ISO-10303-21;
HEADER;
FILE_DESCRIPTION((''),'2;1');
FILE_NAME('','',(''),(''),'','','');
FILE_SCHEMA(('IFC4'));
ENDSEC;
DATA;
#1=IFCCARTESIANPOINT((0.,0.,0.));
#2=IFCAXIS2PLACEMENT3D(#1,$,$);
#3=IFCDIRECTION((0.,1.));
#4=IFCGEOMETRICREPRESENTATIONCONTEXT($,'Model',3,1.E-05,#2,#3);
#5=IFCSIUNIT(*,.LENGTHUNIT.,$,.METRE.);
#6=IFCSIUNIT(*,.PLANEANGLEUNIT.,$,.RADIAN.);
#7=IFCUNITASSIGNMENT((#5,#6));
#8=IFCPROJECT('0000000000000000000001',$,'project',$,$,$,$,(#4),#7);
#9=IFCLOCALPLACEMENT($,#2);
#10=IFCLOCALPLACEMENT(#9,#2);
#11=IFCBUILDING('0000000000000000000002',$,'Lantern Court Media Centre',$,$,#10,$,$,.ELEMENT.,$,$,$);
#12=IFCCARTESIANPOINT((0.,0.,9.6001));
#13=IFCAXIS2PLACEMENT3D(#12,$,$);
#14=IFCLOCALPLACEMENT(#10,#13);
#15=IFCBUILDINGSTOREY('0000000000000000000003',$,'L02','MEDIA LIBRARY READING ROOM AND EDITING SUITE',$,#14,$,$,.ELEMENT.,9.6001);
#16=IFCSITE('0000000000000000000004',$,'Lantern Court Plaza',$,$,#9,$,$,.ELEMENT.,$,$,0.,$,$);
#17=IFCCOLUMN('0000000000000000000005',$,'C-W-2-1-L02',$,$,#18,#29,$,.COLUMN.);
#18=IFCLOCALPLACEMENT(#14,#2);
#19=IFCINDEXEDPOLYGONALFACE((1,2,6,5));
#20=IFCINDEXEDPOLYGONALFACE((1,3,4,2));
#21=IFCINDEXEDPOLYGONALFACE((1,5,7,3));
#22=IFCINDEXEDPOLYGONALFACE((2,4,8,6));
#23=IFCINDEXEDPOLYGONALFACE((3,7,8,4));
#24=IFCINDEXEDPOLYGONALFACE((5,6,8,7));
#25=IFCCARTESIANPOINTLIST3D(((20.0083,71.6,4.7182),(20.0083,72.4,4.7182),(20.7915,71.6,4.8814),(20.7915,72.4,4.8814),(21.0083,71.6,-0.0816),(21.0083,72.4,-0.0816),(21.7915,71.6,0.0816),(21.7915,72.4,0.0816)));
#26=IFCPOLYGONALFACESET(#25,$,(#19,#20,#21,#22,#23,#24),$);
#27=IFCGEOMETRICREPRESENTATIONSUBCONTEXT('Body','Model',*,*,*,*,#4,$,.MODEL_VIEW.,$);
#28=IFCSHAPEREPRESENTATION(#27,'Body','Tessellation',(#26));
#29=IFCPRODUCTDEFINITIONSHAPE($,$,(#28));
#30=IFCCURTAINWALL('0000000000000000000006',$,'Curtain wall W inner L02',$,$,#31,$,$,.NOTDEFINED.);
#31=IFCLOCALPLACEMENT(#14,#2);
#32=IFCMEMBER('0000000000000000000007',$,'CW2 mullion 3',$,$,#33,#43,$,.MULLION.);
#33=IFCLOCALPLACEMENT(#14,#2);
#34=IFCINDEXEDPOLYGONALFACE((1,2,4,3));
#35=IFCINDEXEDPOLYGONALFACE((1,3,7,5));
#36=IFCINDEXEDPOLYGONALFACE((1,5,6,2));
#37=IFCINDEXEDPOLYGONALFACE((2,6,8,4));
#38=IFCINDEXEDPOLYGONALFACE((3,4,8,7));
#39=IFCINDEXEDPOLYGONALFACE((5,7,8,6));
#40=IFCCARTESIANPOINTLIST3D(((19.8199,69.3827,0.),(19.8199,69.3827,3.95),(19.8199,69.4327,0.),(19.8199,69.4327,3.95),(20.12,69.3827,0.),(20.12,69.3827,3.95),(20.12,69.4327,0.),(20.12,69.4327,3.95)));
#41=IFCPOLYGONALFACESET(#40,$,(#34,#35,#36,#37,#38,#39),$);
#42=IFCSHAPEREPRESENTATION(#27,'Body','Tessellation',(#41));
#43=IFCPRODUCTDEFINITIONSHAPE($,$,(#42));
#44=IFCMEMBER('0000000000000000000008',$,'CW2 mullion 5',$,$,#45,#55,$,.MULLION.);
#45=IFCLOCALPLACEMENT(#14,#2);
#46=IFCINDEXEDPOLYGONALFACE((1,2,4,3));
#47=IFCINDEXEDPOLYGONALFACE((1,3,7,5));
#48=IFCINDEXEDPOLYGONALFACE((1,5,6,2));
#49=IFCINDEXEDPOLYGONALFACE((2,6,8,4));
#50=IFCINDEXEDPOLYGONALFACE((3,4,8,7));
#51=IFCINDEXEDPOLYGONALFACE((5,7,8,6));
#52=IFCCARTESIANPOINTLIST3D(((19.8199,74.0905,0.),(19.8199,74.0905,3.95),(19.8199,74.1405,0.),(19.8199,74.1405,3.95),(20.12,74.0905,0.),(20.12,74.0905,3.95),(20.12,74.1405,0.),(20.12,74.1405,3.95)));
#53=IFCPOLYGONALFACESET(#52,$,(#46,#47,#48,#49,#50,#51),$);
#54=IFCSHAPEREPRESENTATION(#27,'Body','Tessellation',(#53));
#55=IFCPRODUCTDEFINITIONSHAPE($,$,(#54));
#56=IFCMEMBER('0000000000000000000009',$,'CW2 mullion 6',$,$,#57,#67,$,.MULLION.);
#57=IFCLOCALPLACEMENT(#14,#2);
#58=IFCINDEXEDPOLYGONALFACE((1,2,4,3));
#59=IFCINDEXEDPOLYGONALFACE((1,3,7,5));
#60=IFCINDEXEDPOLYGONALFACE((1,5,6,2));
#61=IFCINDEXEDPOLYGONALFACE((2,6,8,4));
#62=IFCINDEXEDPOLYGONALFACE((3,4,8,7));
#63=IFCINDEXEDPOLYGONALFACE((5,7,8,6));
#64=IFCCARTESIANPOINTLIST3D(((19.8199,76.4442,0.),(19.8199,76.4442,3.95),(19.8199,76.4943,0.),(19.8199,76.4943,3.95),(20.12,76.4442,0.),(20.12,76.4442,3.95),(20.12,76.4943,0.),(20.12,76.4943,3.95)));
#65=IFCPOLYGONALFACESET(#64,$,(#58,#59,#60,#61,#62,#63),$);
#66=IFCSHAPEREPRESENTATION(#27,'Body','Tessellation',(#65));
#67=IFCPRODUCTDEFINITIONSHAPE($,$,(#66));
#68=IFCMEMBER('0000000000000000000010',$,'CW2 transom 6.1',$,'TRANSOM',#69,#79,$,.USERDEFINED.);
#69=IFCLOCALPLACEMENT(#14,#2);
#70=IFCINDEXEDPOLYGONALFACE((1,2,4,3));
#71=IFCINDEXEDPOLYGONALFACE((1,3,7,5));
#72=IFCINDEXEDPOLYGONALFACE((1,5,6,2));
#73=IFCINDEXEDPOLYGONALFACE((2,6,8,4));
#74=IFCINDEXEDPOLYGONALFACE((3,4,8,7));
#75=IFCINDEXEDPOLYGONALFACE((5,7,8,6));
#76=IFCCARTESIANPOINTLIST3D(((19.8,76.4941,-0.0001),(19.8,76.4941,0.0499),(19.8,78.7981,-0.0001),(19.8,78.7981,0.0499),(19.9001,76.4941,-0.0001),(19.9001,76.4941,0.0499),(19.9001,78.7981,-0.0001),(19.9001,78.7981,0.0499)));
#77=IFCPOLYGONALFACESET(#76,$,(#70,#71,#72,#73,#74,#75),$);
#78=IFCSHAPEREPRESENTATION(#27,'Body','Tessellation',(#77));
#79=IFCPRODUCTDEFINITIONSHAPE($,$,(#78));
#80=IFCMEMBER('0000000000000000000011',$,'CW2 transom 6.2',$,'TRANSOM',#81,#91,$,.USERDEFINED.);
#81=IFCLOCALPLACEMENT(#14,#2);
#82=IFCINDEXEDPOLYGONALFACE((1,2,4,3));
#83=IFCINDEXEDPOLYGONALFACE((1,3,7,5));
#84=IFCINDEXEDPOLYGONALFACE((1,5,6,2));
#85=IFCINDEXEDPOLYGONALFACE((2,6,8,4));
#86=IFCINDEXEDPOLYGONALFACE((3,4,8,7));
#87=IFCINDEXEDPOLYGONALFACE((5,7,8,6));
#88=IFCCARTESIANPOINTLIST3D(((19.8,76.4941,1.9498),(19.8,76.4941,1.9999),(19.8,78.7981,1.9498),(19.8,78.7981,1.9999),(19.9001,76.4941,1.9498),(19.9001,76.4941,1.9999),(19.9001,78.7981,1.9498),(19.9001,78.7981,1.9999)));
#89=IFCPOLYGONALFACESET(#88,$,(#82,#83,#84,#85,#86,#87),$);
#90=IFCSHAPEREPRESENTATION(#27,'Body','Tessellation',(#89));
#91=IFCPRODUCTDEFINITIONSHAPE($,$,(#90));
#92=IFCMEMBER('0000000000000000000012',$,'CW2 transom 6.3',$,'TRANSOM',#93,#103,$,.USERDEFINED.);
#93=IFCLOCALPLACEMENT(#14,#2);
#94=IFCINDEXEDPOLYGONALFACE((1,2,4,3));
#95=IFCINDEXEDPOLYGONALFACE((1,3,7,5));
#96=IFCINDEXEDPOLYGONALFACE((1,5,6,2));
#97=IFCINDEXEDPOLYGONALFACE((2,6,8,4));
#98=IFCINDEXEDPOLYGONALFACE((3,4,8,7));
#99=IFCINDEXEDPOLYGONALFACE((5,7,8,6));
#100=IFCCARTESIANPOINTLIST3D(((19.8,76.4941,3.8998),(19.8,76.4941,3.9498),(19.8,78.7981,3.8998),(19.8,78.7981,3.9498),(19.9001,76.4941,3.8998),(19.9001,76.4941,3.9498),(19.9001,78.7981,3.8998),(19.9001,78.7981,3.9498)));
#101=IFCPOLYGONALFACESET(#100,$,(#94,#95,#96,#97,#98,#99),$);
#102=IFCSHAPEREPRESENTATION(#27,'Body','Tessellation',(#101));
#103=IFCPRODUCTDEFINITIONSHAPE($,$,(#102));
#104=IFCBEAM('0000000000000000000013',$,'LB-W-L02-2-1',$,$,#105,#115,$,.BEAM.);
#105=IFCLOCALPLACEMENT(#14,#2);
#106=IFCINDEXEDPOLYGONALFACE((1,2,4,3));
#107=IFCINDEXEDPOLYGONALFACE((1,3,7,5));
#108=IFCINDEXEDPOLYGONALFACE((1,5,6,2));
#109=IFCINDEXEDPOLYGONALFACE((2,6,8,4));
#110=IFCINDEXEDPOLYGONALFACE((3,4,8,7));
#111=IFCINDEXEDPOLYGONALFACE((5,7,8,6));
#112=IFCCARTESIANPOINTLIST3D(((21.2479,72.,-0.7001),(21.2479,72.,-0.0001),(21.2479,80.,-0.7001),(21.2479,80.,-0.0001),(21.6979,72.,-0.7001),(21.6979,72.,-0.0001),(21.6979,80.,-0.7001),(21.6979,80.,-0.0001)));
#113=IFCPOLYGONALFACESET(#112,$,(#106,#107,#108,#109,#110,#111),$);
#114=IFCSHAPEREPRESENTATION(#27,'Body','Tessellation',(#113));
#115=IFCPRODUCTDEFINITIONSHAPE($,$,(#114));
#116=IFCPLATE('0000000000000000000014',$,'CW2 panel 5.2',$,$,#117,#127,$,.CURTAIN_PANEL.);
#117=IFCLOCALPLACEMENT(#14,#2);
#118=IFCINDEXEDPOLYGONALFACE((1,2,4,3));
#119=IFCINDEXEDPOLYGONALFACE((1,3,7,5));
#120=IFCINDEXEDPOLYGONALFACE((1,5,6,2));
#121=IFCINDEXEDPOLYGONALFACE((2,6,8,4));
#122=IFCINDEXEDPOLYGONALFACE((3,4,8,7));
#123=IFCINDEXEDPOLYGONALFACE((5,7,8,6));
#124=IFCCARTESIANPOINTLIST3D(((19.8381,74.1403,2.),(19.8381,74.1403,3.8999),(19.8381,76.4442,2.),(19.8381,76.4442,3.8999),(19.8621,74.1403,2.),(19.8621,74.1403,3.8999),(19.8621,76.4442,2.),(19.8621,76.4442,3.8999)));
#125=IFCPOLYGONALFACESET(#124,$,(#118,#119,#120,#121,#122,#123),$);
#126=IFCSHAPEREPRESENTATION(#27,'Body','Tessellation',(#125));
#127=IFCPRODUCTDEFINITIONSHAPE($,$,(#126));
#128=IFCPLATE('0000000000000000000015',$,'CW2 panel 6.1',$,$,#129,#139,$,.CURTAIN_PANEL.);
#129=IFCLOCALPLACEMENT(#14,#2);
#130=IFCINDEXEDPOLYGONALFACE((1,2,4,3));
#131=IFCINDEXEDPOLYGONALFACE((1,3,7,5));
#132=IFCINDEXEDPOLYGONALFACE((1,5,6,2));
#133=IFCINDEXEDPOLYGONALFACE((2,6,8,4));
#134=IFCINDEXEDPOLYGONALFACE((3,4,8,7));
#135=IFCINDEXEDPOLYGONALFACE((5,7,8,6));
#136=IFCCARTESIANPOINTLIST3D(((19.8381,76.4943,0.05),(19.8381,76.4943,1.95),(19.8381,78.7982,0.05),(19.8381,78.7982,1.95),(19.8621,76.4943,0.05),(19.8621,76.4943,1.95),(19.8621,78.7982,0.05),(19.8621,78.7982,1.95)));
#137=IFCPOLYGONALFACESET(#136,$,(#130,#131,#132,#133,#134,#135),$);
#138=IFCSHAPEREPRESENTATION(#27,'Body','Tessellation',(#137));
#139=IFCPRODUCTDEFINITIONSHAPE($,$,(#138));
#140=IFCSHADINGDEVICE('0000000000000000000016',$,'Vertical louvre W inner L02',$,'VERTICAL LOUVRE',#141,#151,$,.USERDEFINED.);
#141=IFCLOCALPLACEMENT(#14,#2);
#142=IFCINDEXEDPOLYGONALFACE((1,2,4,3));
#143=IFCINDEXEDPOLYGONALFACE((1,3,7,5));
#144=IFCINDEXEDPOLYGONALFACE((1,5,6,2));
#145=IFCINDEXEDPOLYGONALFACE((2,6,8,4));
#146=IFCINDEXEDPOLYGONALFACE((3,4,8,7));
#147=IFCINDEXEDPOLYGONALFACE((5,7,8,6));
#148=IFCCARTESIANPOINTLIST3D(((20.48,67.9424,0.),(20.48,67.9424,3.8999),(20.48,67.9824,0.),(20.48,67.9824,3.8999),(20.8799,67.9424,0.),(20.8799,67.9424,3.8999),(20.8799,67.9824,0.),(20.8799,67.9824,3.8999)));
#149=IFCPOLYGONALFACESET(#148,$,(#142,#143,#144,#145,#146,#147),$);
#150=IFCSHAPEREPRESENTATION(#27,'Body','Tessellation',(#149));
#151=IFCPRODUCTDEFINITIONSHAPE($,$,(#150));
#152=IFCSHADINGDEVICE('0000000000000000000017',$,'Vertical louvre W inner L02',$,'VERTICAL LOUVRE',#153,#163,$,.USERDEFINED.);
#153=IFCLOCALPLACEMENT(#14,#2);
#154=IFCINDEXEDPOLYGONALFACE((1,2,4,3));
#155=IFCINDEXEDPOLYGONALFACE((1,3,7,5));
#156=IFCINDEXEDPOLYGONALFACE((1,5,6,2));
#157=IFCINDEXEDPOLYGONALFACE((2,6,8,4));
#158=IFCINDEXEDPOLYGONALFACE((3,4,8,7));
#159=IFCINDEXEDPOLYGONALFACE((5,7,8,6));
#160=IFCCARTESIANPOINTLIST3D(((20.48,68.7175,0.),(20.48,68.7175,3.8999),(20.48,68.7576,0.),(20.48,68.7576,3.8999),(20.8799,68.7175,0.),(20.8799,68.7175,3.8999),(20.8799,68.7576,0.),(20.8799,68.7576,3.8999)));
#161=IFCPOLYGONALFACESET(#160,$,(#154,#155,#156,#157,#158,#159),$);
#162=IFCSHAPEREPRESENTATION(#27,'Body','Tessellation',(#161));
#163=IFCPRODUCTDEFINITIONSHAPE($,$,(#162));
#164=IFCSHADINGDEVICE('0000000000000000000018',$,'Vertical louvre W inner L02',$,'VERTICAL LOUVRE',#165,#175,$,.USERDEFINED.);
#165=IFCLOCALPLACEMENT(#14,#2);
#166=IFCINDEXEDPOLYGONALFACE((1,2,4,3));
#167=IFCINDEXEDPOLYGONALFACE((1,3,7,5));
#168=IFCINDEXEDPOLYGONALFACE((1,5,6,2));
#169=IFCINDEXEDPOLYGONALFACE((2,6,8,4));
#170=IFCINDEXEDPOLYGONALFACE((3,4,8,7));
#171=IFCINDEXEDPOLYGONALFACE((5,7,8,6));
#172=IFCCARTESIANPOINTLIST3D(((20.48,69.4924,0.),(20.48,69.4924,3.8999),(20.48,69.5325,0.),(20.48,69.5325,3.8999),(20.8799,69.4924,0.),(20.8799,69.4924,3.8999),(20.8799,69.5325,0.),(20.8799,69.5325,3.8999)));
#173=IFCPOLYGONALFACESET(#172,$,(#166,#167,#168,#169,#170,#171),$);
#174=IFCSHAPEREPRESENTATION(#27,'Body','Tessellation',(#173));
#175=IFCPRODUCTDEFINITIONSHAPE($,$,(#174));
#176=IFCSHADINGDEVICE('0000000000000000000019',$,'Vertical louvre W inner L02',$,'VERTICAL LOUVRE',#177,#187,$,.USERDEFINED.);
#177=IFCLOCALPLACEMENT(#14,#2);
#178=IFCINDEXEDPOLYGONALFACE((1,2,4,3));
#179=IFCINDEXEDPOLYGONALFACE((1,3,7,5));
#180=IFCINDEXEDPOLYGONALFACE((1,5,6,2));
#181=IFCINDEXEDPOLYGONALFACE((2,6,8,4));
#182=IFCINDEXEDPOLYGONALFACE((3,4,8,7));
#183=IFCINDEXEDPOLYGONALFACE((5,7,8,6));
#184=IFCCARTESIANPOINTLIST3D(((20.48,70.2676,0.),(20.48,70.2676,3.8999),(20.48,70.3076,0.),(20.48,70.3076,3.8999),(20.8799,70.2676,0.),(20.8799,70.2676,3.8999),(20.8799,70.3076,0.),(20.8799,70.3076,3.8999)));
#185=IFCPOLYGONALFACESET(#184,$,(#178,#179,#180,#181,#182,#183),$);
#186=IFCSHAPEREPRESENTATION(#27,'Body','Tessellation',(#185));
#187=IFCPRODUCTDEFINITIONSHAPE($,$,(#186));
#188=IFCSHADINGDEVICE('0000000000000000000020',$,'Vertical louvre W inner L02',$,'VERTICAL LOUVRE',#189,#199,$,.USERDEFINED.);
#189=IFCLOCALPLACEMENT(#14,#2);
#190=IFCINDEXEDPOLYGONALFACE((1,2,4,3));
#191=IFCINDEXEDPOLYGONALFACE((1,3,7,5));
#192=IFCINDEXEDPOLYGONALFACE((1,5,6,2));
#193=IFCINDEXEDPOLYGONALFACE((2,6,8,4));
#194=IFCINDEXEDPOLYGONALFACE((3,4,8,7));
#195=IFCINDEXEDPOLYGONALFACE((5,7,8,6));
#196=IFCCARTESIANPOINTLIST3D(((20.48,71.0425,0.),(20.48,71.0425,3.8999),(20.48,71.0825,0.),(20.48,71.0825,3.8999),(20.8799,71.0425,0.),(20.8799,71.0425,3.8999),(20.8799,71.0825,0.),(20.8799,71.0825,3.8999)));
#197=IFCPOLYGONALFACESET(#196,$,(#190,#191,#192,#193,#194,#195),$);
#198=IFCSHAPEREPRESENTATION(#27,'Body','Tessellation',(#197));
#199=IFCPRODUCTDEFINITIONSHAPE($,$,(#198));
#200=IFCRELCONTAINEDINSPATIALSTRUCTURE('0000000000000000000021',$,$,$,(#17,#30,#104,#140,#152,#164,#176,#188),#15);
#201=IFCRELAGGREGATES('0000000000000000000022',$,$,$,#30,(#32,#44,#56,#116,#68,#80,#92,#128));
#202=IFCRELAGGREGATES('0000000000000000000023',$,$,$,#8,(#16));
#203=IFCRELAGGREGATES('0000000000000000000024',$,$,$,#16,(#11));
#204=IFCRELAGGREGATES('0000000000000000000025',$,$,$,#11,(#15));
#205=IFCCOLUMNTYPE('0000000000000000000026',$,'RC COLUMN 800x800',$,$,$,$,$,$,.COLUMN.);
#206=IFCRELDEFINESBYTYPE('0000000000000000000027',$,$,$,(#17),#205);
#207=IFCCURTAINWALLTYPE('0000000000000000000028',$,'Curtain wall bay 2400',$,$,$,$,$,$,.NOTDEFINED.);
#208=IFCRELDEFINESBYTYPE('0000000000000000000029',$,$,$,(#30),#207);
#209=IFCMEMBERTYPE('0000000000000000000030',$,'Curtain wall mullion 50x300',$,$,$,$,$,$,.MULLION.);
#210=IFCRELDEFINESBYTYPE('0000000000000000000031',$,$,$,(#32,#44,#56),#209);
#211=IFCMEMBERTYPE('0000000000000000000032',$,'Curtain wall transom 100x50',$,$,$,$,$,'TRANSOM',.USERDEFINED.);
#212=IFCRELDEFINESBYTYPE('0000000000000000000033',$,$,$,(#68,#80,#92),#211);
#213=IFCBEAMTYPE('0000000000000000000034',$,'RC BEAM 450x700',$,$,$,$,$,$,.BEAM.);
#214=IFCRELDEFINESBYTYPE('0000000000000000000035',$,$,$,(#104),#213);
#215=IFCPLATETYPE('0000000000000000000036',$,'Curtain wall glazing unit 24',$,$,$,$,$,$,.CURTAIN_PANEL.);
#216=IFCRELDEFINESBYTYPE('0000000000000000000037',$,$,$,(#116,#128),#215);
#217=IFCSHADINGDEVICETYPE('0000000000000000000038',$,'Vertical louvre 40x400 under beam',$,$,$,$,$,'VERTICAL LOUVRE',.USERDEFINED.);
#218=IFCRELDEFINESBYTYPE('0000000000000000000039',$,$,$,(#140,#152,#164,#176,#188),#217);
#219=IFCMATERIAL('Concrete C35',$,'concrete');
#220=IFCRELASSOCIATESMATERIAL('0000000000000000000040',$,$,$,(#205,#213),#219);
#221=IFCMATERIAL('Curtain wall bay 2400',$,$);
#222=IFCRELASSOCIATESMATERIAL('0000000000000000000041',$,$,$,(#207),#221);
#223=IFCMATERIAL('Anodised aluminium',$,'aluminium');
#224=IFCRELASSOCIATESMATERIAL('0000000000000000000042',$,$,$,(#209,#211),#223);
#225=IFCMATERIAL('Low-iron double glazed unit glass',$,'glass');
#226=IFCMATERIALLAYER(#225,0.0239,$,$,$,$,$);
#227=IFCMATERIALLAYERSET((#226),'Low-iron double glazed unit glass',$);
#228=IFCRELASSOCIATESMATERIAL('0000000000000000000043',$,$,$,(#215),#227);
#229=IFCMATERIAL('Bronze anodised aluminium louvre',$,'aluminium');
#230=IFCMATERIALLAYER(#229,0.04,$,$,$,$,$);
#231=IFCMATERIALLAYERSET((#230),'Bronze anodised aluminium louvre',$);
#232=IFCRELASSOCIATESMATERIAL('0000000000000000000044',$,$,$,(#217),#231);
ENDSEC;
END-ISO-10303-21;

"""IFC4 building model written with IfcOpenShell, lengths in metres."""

from ifc_helpers import new_model, si_unit, direction, frame, origin, origin_2d, place, context, subcontext, project, spatial, rectangle, extrude, material, layer, layer_set, material_profile, profile_set, type_object, element, aggregate, save


model = new_model("IFC4")

# Units and contexts
model_context = context("Model", 3, precision=1e-05, world=origin(), true_north=direction((0.0, 1.0)))
body_context = subcontext(model_context, "Body", "Model", "MODEL_VIEW")
ifc_project = project(units=[si_unit("LENGTHUNIT", "METRE"), si_unit("PLANEANGLEUNIT", "RADIAN")], contexts=[model_context])

# Site, building, storey
site_placement = place(None, origin())
site = spatial("IfcSite", under=ifc_project, at=site_placement, Name="Lantern Court Plaza", CompositionType="ELEMENT", RefElevation=0.0)
building_placement = place(site_placement, origin())
building = spatial("IfcBuilding", under=site, at=building_placement, Name="Lantern Court Media Centre", CompositionType="ELEMENT")
storey_placement = place(building_placement, frame((0.0, 0.0, 9.6001)))
storey = spatial("IfcBuildingStorey", under=building, at=storey_placement, Name="L02", Description="MEDIA LIBRARY READING ROOM AND EDITING SUITE", CompositionType="ELEMENT", Elevation=9.6001)

# Column
ifc_material_1 = material(Name="Concrete C35", Category="concrete")
ifc_material_profile_1 = material_profile(ifc_material_1, rectangle(XDim=0.8, YDim=0.8, at=origin_2d()), Name="RC 800x800")
ifc_profile_set_1 = profile_set([ifc_material_profile_1], Name="Concrete C35")
column_type = type_object("IfcColumnType", Name="RC COLUMN 800x800", PredefinedType="COLUMN", material=ifc_profile_set_1)
column_placement = place(storey_placement, frame((21.3999, 72.0, 0.0), z_axis=(-0.203962, 0.0, 0.978979), x_axis=(0.0, -1.0, 0.0)))
element("IfcColumn", 1, at=column_placement, inside=storey, type_object=column_type, Name="C-W-2-1-L02", PredefinedType="COLUMN", context=body_context, shape_type="SweptSolid", body=[
    extrude(rectangle(XDim=0.8, YDim=0.8, at=origin_2d()), origin(), (0.0, 0.0, 1.0), 4.9028),
])

# Curtain wall, members
ifc_material_2 = material(Name="Curtain wall bay 2400")
curtain_wall_type = type_object("IfcCurtainWallType", Name="Curtain wall bay 2400", PredefinedType="NOTDEFINED", material=ifc_material_2)
curtain_wall_placement = place(storey_placement, origin())
curtain_wall = element("IfcCurtainWall", 2, at=curtain_wall_placement, inside=storey, type_object=curtain_wall_type, Name="Curtain wall W inner L02", PredefinedType="NOTDEFINED")
ifc_material_3 = material(Name="Anodised aluminium", Category="aluminium")
ifc_material_profile_2 = material_profile(ifc_material_3, rectangle(XDim=0.3, YDim=0.05, at=origin_2d()), Name="AL 50x300")
ifc_profile_set_2 = profile_set([ifc_material_profile_2], Name="Anodised aluminium")
member_type_1 = type_object("IfcMemberType", Name="Curtain wall mullion 50x300", PredefinedType="MULLION", material=ifc_profile_set_2)
member_1_placement = place(storey_placement, frame((19.97, 69.4077, 0.0), z_axis=(0.0, 0.0, 1.0), x_axis=(-1.0, 0.0, 0.0)))
member_1 = element("IfcMember", 3, at=member_1_placement, type_object=member_type_1, Name="CW2 mullion 3", PredefinedType="MULLION", context=body_context, shape_type="SweptSolid", body=[
    extrude(rectangle(XDim=0.3, YDim=0.05, at=origin_2d()), origin(), (0.0, 0.0, 1.0), 3.95),
])
member_2_placement = place(storey_placement, frame((19.97, 74.1155, 0.0), z_axis=(0.0, 0.0, 1.0), x_axis=(-1.0, 0.0, 0.0)))
member_2 = element("IfcMember", 4, at=member_2_placement, type_object=member_type_1, Name="CW2 mullion 5", PredefinedType="MULLION", context=body_context, shape_type="SweptSolid", body=[
    extrude(rectangle(XDim=0.3, YDim=0.05, at=origin_2d()), origin(), (0.0, 0.0, 1.0), 3.95),
])
member_3_placement = place(storey_placement, frame((19.97, 76.4692, 0.0), z_axis=(0.0, 0.0, 1.0), x_axis=(-1.0, 0.0, 0.0)))
member_3 = element("IfcMember", 5, at=member_3_placement, type_object=member_type_1, Name="CW2 mullion 6", PredefinedType="MULLION", context=body_context, shape_type="SweptSolid", body=[
    extrude(rectangle(XDim=0.3, YDim=0.05, at=origin_2d()), origin(), (0.0, 0.0, 1.0), 3.95),
])
ifc_material_profile_3 = material_profile(ifc_material_3, rectangle(XDim=0.1001, YDim=0.05, at=origin_2d()), Name="AL 50x100")
ifc_profile_set_3 = profile_set([ifc_material_profile_3], Name="Anodised aluminium")
member_type_2 = type_object("IfcMemberType", Name="Curtain wall transom 100x50", ElementType="TRANSOM", PredefinedType="USERDEFINED", material=ifc_profile_set_3)
member_4_placement = place(storey_placement, frame((19.8501, 76.4941, 0.0249), z_axis=(0.0, 1.0, 0.0), x_axis=(-1.0, 0.0, 0.0)))
member_4 = element("IfcMember", 6, at=member_4_placement, type_object=member_type_2, Name="CW2 transom 6.1", ObjectType="TRANSOM", PredefinedType="USERDEFINED", context=body_context, shape_type="SweptSolid", body=[
    extrude(rectangle(XDim=0.1001, YDim=0.05, at=origin_2d()), origin(), (0.0, 0.0, 1.0), 2.304),
])
member_5_placement = place(storey_placement, frame((19.8501, 76.4941, 1.9749), z_axis=(0.0, 1.0, 0.0), x_axis=(-1.0, 0.0, 0.0)))
member_5 = element("IfcMember", 7, at=member_5_placement, type_object=member_type_2, Name="CW2 transom 6.2", ObjectType="TRANSOM", PredefinedType="USERDEFINED", context=body_context, shape_type="SweptSolid", body=[
    extrude(rectangle(XDim=0.1001, YDim=0.05, at=origin_2d()), origin(), (0.0, 0.0, 1.0), 2.304),
])
member_6_placement = place(storey_placement, frame((19.8501, 76.4941, 3.9248), z_axis=(0.0, 1.0, 0.0), x_axis=(-1.0, 0.0, 0.0)))
member_6 = element("IfcMember", 8, at=member_6_placement, type_object=member_type_2, Name="CW2 transom 6.3", ObjectType="TRANSOM", PredefinedType="USERDEFINED", context=body_context, shape_type="SweptSolid", body=[
    extrude(rectangle(XDim=0.1001, YDim=0.05, at=origin_2d()), origin(), (0.0, 0.0, 1.0), 2.304),
])

# Beam
ifc_material_profile_4 = material_profile(ifc_material_1, rectangle(XDim=0.45, YDim=0.7, at=origin_2d()), Name="RC 450x700")
ifc_profile_set_4 = profile_set([ifc_material_profile_4], Name="Concrete C35")
beam_type = type_object("IfcBeamType", Name="RC BEAM 450x700", PredefinedType="BEAM", material=ifc_profile_set_4)
beam_placement = place(storey_placement, frame((21.4729, 72.0, -0.3501), z_axis=(0.0, 1.0, 0.0), x_axis=(-1.0, 0.0, 0.0)))
element("IfcBeam", 9, at=beam_placement, inside=storey, type_object=beam_type, Name="LB-W-L02-2-1", PredefinedType="BEAM", context=body_context, shape_type="SweptSolid", body=[
    extrude(rectangle(XDim=0.45, YDim=0.7, at=origin_2d()), origin(), (0.0, 0.0, 1.0), 8.0),
])

# Plates
ifc_material_4 = material(Name="Low-iron double glazed unit glass", Category="glass")
ifc_layer_1 = layer(ifc_material_4, 0.0239)
ifc_layer_set_1 = layer_set([ifc_layer_1], Name="Low-iron double glazed unit glass")
plate_type = type_object("IfcPlateType", Name="Curtain wall glazing unit 24", PredefinedType="CURTAIN_PANEL", material=ifc_layer_set_1)
plate_1_placement = place(storey_placement, frame((19.8501, 75.2922, 2.0), z_axis=(0.0, 0.0, 1.0), x_axis=(0.0, 1.0, 0.0)))
plate_1 = element("IfcPlate", 10, at=plate_1_placement, type_object=plate_type, Name="CW2 panel 5.2", PredefinedType="CURTAIN_PANEL", context=body_context, shape_type="SweptSolid", body=[
    extrude(rectangle(XDim=2.304, YDim=0.0239, at=origin_2d()), origin(), (0.0, 0.0, 1.0), 1.8999),
])
plate_2_placement = place(storey_placement, frame((19.8501, 77.6462, 0.05), z_axis=(0.0, 0.0, 1.0), x_axis=(0.0, 1.0, 0.0)))
plate_2 = element("IfcPlate", 11, at=plate_2_placement, type_object=plate_type, Name="CW2 panel 6.1", PredefinedType="CURTAIN_PANEL", context=body_context, shape_type="SweptSolid", body=[
    extrude(rectangle(XDim=2.304, YDim=0.0239, at=origin_2d()), origin(), (0.0, 0.0, 1.0), 1.8999),
])
aggregate(curtain_wall, [member_1, member_2, member_3, plate_1, member_4, member_5, member_6, plate_2])

# Shading devices
ifc_material_5 = material(Name="Bronze anodised aluminium louvre", Category="aluminium")
ifc_layer_2 = layer(ifc_material_5, 0.04)
ifc_layer_set_2 = layer_set([ifc_layer_2], Name="Bronze anodised aluminium louvre")
shading_device_type = type_object("IfcShadingDeviceType", Name="Vertical louvre 40x400 under beam", ElementType="VERTICAL LOUVRE", PredefinedType="USERDEFINED", material=ifc_layer_set_2)
for number, where, z_axis, x_axis, name in (
    (12, (20.6799, 67.9624, 0.0), (0.0, 0.0, 1.0), (1.0, 0.0, 0.0), "Vertical louvre W inner L02"),
    (13, (20.6799, 68.7375, 0.0), (0.0, 0.0, 1.0), (1.0, 0.0, 0.0), "Vertical louvre W inner L02"),
    (14, (20.6799, 69.5125, 0.0), (0.0, 0.0, 1.0), (1.0, 0.0, 0.0), "Vertical louvre W inner L02"),
    (15, (20.6799, 70.2876, 0.0), (0.0, 0.0, 1.0), (1.0, 0.0, 0.0), "Vertical louvre W inner L02"),
    (16, (20.6799, 71.0625, 0.0), (0.0, 0.0, 1.0), (1.0, 0.0, 0.0), "Vertical louvre W inner L02"),
):
    element("IfcShadingDevice", number, at=place(storey_placement, frame(where, z_axis=z_axis, x_axis=x_axis)), inside=storey, type_object=shading_device_type, Name=name, ObjectType="VERTICAL LOUVRE", PredefinedType="USERDEFINED", context=body_context, shape_type="SweptSolid", body=[
        extrude(rectangle(XDim=0.3999, YDim=0.04, at=origin_2d()), origin(), (0.0, 0.0, 1.0), 3.8999),
    ])

save(model, "model.ifc")
